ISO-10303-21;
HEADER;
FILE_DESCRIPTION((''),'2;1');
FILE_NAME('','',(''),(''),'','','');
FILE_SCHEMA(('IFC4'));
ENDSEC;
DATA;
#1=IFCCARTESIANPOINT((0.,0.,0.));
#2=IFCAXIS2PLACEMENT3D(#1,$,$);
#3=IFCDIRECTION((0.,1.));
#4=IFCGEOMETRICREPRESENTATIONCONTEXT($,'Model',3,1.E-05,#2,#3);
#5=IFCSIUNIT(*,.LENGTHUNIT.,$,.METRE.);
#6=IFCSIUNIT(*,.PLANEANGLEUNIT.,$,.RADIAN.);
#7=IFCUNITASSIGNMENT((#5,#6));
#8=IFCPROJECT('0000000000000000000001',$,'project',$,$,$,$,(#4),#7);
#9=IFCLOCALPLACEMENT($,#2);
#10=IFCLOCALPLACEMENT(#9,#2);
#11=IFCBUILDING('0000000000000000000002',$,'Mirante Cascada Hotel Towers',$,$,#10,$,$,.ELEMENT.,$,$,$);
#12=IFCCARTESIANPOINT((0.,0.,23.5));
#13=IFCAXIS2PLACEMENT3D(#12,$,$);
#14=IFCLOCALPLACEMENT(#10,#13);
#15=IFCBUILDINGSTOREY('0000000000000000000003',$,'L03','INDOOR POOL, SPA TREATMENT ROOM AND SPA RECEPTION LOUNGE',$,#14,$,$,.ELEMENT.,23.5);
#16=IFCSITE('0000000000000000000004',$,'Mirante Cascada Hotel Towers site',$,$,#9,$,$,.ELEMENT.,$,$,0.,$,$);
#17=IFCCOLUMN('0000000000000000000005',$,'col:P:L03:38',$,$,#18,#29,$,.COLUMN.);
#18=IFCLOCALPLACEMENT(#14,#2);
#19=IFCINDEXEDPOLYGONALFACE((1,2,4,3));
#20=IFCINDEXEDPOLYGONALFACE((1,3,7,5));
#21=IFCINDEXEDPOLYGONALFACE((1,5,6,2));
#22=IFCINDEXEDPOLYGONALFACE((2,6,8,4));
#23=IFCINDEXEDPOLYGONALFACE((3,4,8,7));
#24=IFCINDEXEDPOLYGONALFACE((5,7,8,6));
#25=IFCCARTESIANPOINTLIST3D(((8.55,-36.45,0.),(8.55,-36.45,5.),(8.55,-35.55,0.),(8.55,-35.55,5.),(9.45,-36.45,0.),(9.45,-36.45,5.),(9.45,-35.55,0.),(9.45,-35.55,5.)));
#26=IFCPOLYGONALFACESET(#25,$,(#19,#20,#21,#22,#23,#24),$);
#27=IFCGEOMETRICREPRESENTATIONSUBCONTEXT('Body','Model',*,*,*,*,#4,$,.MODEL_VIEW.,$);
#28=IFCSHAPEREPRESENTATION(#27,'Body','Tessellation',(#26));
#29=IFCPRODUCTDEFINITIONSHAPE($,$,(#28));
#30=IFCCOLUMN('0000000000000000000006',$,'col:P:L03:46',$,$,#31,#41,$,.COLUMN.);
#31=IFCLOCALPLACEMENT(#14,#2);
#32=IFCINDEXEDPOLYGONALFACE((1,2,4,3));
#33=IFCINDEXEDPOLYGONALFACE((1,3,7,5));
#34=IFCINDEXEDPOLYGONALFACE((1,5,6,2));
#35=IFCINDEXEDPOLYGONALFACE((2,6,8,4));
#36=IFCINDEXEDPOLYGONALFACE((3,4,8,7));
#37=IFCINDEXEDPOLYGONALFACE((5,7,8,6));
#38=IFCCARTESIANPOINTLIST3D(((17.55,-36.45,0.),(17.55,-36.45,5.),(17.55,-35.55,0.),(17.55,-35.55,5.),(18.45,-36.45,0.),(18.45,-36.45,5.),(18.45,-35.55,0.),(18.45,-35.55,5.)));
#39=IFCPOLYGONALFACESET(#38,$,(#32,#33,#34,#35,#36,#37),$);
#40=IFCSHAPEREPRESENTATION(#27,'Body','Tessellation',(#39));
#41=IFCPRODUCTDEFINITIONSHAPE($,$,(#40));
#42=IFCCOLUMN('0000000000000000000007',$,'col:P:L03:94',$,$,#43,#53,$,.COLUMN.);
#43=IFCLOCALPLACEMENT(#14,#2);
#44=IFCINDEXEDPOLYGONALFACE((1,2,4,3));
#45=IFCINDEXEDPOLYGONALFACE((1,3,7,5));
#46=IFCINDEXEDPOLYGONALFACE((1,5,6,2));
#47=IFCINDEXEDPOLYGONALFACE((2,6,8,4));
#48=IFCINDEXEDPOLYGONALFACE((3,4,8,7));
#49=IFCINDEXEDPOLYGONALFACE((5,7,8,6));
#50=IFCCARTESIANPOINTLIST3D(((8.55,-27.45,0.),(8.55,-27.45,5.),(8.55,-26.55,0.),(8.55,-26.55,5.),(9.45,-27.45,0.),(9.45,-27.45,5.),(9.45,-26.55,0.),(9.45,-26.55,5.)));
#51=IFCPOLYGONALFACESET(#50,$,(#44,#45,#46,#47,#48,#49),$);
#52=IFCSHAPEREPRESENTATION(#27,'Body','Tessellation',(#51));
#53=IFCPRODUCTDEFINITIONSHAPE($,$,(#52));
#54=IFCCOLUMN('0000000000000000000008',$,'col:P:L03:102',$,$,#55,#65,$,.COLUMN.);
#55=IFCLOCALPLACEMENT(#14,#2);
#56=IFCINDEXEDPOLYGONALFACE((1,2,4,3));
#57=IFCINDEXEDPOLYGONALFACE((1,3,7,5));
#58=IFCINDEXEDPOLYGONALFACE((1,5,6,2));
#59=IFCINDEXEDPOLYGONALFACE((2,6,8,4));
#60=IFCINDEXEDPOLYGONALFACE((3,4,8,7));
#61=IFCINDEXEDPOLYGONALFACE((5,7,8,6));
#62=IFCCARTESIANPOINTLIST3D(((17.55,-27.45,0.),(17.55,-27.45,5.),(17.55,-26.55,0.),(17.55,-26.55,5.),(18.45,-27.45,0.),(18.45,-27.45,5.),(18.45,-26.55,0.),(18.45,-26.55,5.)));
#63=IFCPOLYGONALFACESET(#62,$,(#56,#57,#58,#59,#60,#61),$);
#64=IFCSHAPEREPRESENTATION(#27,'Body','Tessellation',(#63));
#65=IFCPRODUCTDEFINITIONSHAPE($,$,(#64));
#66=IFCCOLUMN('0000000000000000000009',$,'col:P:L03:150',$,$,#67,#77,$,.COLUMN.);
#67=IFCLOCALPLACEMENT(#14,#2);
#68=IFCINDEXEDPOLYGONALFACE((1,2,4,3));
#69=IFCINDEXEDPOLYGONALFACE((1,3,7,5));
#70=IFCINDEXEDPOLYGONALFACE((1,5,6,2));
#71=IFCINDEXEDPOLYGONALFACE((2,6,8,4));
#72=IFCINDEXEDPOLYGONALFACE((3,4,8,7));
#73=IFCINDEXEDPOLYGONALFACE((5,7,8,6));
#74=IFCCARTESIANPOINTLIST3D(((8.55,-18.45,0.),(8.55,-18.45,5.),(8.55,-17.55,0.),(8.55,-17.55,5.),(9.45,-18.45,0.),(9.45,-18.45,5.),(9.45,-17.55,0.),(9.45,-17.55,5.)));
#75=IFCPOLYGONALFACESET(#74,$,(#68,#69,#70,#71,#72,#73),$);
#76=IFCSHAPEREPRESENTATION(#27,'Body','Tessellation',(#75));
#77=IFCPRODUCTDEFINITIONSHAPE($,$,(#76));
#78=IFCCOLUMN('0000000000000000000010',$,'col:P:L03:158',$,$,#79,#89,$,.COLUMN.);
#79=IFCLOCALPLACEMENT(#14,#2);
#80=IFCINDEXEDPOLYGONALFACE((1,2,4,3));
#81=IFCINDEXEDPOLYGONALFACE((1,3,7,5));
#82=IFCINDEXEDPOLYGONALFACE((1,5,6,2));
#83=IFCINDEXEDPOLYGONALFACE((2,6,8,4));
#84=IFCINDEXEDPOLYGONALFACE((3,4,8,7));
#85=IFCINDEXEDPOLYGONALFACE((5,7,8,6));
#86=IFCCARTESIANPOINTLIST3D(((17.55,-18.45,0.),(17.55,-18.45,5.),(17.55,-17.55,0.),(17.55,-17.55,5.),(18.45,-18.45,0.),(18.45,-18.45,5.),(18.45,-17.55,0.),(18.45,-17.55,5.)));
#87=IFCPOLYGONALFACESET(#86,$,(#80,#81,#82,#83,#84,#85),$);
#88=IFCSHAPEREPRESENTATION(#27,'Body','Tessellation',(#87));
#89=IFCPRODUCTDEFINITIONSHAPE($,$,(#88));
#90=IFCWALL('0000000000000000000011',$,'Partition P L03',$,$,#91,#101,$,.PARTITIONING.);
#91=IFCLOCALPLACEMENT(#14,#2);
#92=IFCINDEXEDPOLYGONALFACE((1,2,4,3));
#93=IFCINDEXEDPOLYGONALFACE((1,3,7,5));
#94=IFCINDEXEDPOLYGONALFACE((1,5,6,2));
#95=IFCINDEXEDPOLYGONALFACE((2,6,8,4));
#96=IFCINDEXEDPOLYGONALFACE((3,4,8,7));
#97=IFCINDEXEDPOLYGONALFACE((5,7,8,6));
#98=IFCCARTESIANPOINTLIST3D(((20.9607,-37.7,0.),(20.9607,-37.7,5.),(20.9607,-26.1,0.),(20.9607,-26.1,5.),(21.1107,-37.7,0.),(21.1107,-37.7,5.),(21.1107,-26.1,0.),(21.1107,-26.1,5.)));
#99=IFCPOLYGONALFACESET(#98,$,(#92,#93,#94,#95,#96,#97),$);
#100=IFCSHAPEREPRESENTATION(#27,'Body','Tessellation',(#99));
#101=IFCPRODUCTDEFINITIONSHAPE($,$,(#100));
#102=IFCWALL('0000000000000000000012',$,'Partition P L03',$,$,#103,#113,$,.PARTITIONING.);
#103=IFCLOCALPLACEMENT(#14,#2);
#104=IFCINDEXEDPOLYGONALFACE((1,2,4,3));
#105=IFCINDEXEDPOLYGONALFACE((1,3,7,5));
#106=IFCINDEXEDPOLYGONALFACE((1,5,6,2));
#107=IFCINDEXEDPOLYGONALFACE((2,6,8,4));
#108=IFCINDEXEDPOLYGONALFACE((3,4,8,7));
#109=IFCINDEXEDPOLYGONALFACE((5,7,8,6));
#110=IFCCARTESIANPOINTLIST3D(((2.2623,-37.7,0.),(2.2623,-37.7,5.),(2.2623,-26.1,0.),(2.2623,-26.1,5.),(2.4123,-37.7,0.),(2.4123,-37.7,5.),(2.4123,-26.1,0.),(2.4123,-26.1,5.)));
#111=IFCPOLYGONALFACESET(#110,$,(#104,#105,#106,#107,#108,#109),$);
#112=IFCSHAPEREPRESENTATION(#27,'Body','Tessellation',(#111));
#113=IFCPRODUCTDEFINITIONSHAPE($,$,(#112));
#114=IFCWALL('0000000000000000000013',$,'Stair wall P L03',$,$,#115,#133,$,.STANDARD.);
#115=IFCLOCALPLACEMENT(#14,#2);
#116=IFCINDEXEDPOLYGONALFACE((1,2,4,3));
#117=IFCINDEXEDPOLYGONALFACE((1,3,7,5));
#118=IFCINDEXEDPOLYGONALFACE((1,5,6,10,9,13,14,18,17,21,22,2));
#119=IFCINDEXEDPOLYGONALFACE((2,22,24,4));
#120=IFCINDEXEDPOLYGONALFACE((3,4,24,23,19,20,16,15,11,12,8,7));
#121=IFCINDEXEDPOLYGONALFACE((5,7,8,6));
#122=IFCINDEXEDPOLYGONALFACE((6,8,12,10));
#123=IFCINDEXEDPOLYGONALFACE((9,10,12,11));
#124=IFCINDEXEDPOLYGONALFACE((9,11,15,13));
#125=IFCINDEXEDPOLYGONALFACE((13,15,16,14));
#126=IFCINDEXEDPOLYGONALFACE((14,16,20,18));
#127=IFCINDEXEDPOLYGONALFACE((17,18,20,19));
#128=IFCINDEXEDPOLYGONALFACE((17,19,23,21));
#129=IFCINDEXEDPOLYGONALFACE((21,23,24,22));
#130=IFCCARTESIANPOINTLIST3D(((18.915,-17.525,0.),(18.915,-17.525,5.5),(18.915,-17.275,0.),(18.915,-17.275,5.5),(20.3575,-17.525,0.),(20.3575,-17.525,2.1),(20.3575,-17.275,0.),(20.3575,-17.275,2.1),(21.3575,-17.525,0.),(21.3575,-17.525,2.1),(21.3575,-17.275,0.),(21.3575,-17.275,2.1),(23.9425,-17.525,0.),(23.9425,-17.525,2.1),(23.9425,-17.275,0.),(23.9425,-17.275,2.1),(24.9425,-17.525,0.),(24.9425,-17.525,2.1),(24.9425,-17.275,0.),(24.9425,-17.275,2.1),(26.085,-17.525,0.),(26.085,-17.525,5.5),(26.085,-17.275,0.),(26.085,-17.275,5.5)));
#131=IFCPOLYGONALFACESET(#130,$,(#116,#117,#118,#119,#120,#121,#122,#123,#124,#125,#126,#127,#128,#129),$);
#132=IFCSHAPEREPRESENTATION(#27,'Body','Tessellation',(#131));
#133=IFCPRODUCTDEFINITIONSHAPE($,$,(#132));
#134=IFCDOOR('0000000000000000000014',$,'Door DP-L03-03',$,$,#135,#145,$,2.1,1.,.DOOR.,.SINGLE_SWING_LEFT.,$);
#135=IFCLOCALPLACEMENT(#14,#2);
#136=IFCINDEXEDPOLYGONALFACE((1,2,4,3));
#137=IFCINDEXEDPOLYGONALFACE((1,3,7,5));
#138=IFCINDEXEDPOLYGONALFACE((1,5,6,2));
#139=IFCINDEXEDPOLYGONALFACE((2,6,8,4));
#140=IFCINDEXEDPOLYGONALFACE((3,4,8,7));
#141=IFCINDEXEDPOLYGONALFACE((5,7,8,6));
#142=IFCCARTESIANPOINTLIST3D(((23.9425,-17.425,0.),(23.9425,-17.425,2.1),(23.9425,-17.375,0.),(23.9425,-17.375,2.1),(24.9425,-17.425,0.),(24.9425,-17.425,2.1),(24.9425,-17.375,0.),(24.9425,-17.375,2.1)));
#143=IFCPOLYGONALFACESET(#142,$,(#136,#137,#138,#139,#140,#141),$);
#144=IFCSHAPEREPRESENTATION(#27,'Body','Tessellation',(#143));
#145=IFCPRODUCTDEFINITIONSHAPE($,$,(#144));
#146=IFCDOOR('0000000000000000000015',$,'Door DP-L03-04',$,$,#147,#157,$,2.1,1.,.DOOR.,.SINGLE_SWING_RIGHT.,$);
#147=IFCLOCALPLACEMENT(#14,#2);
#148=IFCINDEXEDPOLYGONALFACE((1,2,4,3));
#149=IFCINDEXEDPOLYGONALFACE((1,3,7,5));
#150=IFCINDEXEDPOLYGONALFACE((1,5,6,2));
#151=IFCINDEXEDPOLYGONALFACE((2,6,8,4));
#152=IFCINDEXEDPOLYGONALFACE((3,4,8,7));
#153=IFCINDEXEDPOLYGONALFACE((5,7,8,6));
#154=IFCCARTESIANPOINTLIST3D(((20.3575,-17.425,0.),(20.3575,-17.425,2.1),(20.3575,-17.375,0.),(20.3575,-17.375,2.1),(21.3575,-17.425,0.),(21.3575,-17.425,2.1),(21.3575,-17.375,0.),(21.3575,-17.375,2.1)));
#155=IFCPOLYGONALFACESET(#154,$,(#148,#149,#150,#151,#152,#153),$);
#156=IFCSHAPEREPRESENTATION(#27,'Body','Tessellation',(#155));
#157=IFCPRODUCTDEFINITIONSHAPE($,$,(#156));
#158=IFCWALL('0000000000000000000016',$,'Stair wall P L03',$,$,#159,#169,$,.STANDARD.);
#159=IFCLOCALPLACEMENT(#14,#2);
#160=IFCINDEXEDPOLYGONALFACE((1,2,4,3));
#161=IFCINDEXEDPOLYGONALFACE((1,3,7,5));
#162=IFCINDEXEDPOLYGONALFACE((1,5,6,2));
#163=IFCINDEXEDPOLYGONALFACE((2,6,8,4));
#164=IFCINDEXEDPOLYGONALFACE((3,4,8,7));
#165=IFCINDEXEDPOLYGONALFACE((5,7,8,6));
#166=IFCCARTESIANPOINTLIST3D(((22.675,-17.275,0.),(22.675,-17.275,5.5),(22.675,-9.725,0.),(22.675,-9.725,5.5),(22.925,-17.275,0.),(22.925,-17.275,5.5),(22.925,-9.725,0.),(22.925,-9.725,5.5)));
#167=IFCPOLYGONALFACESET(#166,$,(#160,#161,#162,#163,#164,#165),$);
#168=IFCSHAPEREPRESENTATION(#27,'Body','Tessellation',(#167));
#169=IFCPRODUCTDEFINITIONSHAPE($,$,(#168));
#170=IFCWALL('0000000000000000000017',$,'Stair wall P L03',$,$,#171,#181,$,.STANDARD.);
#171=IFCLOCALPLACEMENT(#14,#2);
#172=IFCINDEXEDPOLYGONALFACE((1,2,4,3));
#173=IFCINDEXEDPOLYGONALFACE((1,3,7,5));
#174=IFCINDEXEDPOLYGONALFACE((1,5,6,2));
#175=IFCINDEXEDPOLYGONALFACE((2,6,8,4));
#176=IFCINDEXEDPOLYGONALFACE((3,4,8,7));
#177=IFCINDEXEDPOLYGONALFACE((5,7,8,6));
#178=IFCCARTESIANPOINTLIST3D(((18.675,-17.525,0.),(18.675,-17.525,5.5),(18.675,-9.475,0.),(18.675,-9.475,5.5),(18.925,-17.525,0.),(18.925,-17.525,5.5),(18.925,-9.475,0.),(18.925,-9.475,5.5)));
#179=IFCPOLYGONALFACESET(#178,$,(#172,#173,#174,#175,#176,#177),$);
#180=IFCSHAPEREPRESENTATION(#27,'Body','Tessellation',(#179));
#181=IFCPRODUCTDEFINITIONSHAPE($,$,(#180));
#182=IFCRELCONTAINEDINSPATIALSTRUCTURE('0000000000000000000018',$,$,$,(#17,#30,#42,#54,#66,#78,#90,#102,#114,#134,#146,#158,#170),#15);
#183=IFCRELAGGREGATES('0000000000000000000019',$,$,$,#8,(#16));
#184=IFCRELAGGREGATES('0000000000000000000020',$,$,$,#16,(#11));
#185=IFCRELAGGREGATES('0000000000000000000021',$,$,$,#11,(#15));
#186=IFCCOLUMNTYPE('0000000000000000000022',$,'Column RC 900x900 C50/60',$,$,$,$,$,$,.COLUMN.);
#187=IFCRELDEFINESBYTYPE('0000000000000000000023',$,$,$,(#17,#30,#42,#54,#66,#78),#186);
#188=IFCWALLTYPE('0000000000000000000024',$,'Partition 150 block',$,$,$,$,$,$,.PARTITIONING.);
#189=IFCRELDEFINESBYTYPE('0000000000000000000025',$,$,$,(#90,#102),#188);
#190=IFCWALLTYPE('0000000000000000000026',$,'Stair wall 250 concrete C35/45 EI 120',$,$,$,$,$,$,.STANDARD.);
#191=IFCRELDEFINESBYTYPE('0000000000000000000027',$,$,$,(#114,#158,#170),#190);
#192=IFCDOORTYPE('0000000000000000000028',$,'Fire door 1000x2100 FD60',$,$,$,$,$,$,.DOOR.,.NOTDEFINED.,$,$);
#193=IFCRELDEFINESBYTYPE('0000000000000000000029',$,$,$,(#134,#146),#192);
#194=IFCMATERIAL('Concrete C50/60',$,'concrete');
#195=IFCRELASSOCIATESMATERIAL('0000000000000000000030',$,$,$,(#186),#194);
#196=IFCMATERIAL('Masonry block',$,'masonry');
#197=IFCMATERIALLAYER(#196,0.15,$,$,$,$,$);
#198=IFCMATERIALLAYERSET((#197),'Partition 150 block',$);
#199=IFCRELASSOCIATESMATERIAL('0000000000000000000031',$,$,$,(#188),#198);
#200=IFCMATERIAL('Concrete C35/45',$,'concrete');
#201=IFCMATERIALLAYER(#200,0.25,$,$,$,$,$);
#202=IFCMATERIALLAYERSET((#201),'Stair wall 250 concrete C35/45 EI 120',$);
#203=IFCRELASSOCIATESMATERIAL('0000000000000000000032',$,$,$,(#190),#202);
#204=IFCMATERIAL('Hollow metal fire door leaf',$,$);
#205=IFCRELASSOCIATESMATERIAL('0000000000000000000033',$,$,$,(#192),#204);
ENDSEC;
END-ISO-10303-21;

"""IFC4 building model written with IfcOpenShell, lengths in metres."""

from ifc_helpers import new_model, si_unit, direction, frame, frame_2d, origin, origin_2d, place, context, subcontext, project, spatial, rectangle, extrude, material, layer, layer_set, material_profile, profile_set, type_object, element, fill, save


model = new_model("IFC4")

# Units and contexts
model_context = context("Model", 3, precision=1e-05, world=origin(), true_north=direction((0.0, 1.0)))
body_context = subcontext(model_context, "Body", "Model", "MODEL_VIEW")
ifc_project = project(units=[si_unit("LENGTHUNIT", "METRE"), si_unit("PLANEANGLEUNIT", "RADIAN")], contexts=[model_context])

# Site, building, storey
site_placement = place(None, origin())
site = spatial("IfcSite", under=ifc_project, at=site_placement, Name="Mirante Cascada Hotel Towers site", CompositionType="ELEMENT", RefElevation=0.0)
building_placement = place(site_placement, origin())
building = spatial("IfcBuilding", under=site, at=building_placement, Name="Mirante Cascada Hotel Towers", CompositionType="ELEMENT")
storey_placement = place(building_placement, frame((0.0, 0.0, 23.5)))
storey = spatial("IfcBuildingStorey", under=building, at=storey_placement, Name="L03", Description="INDOOR POOL, SPA TREATMENT ROOM AND SPA RECEPTION LOUNGE", CompositionType="ELEMENT", Elevation=23.5)

# Columns
ifc_material_1 = material(Name="Concrete C50/60", Category="concrete")
ifc_material_profile = material_profile(ifc_material_1, rectangle(XDim=0.9, YDim=0.9, at=origin_2d()), Name="RC 900x900")
ifc_profile_set = profile_set([ifc_material_profile], Name="Concrete C50/60")
column_type = type_object("IfcColumnType", Name="Column RC 900x900 C50/60", PredefinedType="COLUMN", material=ifc_profile_set)
for number, where, z_axis, x_axis, name in (
    (1, (9.0, -36.0, 0.0), (0.0, 0.0, 1.0), (1.0, 0.0, 0.0), "col:P:L03:38"),
    (2, (18.0, -36.0, 0.0), (0.0, 0.0, 1.0), (1.0, 0.0, 0.0), "col:P:L03:46"),
    (3, (9.0, -27.0, 0.0), (0.0, 0.0, 1.0), (1.0, 0.0, 0.0), "col:P:L03:94"),
    (4, (18.0, -27.0, 0.0), (0.0, 0.0, 1.0), (1.0, 0.0, 0.0), "col:P:L03:102"),
    (5, (9.0, -18.0, 0.0), (0.0, 0.0, 1.0), (1.0, 0.0, 0.0), "col:P:L03:150"),
    (6, (18.0, -18.0, 0.0), (0.0, 0.0, 1.0), (1.0, 0.0, 0.0), "col:P:L03:158"),
):
    element("IfcColumn", number, at=place(storey_placement, frame(where, z_axis=z_axis, x_axis=x_axis)), inside=storey, type_object=column_type, Name=name, PredefinedType="COLUMN", context=body_context, shape_type="SweptSolid", body=[
        extrude(rectangle(XDim=0.9, YDim=0.9, at=origin_2d()), origin(), (0.0, 0.0, 1.0), 5.0),
    ])

# Walls
ifc_material_2 = material(Name="Masonry block", Category="masonry")
ifc_layer_1 = layer(ifc_material_2, 0.15)
ifc_layer_set_1 = layer_set([ifc_layer_1], Name="Partition 150 block")
wall_type_1 = type_object("IfcWallType", Name="Partition 150 block", PredefinedType="PARTITIONING", material=ifc_layer_set_1)
for number, where, z_axis, x_axis, name in (
    (7, (21.0357, -37.7, 0.0), (0.0, 0.0, 1.0), (0.0, 1.0, 0.0), "Partition P L03"),
    (8, (2.3373, -37.7, 0.0), (0.0, 0.0, 1.0), (0.0, 1.0, 0.0), "Partition P L03"),
):
    element("IfcWall", number, at=place(storey_placement, frame(where, z_axis=z_axis, x_axis=x_axis)), inside=storey, type_object=wall_type_1, Name=name, PredefinedType="PARTITIONING", context=body_context, shape_type="SweptSolid", body=[
        extrude(rectangle(XDim=11.6, YDim=0.15, at=frame_2d((5.8, 0.0))), origin(), (0.0, 0.0, 1.0), 5.0),
    ])

# Wall, openings, doors
ifc_material_3 = material(Name="Concrete C35/45", Category="concrete")
ifc_layer_2 = layer(ifc_material_3, 0.25)
ifc_layer_set_2 = layer_set([ifc_layer_2], Name="Stair wall 250 concrete C35/45 EI 120")
wall_type_2 = type_object("IfcWallType", Name="Stair wall 250 concrete C35/45 EI 120", PredefinedType="STANDARD", material=ifc_layer_set_2)
wall_1_placement = place(storey_placement, frame((18.915, -17.4, 0.0), z_axis=(0.0, 0.0, 1.0), x_axis=(1.0, 0.0, 0.0)))
wall_1 = element("IfcWall", 9, at=wall_1_placement, inside=storey, type_object=wall_type_2, Name="Stair wall P L03", PredefinedType="STANDARD", context=body_context, shape_type="SweptSolid", body=[
    extrude(rectangle(XDim=7.17, YDim=0.25, at=frame_2d((3.585, 0.0))), origin(), (0.0, 0.0, 1.0), 5.5),
])
opening_1_placement = place(wall_1_placement, frame((5.0275, 0.0, 0.0)))
opening_1 = element("IfcOpeningElement", 10, at=opening_1_placement, cuts=wall_1, PredefinedType="OPENING", context=body_context, shape_type="SweptSolid", body=[
    extrude(rectangle(XDim=1.0, YDim=2.1, at=frame_2d((0.5, 1.05))), frame((0.0, 0.125, 0.0), z_axis=(0.0, -1.0, 0.0), x_axis=(1.0, 0.0, 0.0)), (0.0, 0.0, 1.0), 0.25),
])
opening_2_placement = place(wall_1_placement, frame((1.4425, 0.0, 0.0)))
opening_2 = element("IfcOpeningElement", 11, at=opening_2_placement, cuts=wall_1, PredefinedType="OPENING", context=body_context, shape_type="SweptSolid", body=[
    extrude(rectangle(XDim=1.0, YDim=2.1, at=frame_2d((0.5, 1.05))), frame((0.0, 0.125, 0.0), z_axis=(0.0, -1.0, 0.0), x_axis=(1.0, 0.0, 0.0)), (0.0, 0.0, 1.0), 0.25),
])
ifc_material_4 = material(Name="Hollow metal fire door leaf")
door_type = type_object("IfcDoorType", Name="Fire door 1000x2100 FD60", OperationType="NOTDEFINED", PredefinedType="DOOR", material=ifc_material_4)
door_1_placement = place(opening_1_placement, origin())
door_1 = element("IfcDoor", 12, at=door_1_placement, inside=storey, type_object=door_type, Name="Door DP-L03-03", OperationType="SINGLE_SWING_LEFT", OverallHeight=2.1, OverallWidth=1.0, PredefinedType="DOOR", context=body_context, shape_type="SweptSolid", body=[
    extrude(rectangle(XDim=1.0, YDim=2.1, at=frame_2d((0.5, 1.05))), frame((0.0, 0.025, 0.0), z_axis=(0.0, -1.0, 0.0), x_axis=(1.0, 0.0, 0.0)), (0.0, 0.0, 1.0), 0.05),
])
fill(opening_1, door_1)
door_2_placement = place(opening_2_placement, origin())
door_2 = element("IfcDoor", 13, at=door_2_placement, inside=storey, type_object=door_type, Name="Door DP-L03-04", OperationType="SINGLE_SWING_RIGHT", OverallHeight=2.1, OverallWidth=1.0, PredefinedType="DOOR", context=body_context, shape_type="SweptSolid", body=[
    extrude(rectangle(XDim=1.0, YDim=2.1, at=frame_2d((0.5, 1.05))), frame((0.0, 0.025, 0.0), z_axis=(0.0, -1.0, 0.0), x_axis=(1.0, 0.0, 0.0)), (0.0, 0.0, 1.0), 0.05),
])
fill(opening_2, door_2)

# Walls
wall_2_placement = place(storey_placement, frame((22.8, -17.275, 0.0), z_axis=(0.0, 0.0, 1.0), x_axis=(0.0, 1.0, 0.0)))
element("IfcWall", 14, at=wall_2_placement, inside=storey, type_object=wall_type_2, Name="Stair wall P L03", PredefinedType="STANDARD", context=body_context, shape_type="SweptSolid", body=[
    extrude(rectangle(XDim=7.55, YDim=0.25, at=frame_2d((3.775, 0.0))), origin(), (0.0, 0.0, 1.0), 5.5),
])
wall_3_placement = place(storey_placement, frame((18.8, -17.525, 0.0), z_axis=(0.0, 0.0, 1.0), x_axis=(0.0, 1.0, 0.0)))
element("IfcWall", 15, at=wall_3_placement, inside=storey, type_object=wall_type_2, Name="Stair wall P L03", PredefinedType="STANDARD", context=body_context, shape_type="SweptSolid", body=[
    extrude(rectangle(XDim=8.05, YDim=0.25, at=frame_2d((4.025, 0.0))), origin(), (0.0, 0.0, 1.0), 5.5),
])

save(model, "model.ifc")
